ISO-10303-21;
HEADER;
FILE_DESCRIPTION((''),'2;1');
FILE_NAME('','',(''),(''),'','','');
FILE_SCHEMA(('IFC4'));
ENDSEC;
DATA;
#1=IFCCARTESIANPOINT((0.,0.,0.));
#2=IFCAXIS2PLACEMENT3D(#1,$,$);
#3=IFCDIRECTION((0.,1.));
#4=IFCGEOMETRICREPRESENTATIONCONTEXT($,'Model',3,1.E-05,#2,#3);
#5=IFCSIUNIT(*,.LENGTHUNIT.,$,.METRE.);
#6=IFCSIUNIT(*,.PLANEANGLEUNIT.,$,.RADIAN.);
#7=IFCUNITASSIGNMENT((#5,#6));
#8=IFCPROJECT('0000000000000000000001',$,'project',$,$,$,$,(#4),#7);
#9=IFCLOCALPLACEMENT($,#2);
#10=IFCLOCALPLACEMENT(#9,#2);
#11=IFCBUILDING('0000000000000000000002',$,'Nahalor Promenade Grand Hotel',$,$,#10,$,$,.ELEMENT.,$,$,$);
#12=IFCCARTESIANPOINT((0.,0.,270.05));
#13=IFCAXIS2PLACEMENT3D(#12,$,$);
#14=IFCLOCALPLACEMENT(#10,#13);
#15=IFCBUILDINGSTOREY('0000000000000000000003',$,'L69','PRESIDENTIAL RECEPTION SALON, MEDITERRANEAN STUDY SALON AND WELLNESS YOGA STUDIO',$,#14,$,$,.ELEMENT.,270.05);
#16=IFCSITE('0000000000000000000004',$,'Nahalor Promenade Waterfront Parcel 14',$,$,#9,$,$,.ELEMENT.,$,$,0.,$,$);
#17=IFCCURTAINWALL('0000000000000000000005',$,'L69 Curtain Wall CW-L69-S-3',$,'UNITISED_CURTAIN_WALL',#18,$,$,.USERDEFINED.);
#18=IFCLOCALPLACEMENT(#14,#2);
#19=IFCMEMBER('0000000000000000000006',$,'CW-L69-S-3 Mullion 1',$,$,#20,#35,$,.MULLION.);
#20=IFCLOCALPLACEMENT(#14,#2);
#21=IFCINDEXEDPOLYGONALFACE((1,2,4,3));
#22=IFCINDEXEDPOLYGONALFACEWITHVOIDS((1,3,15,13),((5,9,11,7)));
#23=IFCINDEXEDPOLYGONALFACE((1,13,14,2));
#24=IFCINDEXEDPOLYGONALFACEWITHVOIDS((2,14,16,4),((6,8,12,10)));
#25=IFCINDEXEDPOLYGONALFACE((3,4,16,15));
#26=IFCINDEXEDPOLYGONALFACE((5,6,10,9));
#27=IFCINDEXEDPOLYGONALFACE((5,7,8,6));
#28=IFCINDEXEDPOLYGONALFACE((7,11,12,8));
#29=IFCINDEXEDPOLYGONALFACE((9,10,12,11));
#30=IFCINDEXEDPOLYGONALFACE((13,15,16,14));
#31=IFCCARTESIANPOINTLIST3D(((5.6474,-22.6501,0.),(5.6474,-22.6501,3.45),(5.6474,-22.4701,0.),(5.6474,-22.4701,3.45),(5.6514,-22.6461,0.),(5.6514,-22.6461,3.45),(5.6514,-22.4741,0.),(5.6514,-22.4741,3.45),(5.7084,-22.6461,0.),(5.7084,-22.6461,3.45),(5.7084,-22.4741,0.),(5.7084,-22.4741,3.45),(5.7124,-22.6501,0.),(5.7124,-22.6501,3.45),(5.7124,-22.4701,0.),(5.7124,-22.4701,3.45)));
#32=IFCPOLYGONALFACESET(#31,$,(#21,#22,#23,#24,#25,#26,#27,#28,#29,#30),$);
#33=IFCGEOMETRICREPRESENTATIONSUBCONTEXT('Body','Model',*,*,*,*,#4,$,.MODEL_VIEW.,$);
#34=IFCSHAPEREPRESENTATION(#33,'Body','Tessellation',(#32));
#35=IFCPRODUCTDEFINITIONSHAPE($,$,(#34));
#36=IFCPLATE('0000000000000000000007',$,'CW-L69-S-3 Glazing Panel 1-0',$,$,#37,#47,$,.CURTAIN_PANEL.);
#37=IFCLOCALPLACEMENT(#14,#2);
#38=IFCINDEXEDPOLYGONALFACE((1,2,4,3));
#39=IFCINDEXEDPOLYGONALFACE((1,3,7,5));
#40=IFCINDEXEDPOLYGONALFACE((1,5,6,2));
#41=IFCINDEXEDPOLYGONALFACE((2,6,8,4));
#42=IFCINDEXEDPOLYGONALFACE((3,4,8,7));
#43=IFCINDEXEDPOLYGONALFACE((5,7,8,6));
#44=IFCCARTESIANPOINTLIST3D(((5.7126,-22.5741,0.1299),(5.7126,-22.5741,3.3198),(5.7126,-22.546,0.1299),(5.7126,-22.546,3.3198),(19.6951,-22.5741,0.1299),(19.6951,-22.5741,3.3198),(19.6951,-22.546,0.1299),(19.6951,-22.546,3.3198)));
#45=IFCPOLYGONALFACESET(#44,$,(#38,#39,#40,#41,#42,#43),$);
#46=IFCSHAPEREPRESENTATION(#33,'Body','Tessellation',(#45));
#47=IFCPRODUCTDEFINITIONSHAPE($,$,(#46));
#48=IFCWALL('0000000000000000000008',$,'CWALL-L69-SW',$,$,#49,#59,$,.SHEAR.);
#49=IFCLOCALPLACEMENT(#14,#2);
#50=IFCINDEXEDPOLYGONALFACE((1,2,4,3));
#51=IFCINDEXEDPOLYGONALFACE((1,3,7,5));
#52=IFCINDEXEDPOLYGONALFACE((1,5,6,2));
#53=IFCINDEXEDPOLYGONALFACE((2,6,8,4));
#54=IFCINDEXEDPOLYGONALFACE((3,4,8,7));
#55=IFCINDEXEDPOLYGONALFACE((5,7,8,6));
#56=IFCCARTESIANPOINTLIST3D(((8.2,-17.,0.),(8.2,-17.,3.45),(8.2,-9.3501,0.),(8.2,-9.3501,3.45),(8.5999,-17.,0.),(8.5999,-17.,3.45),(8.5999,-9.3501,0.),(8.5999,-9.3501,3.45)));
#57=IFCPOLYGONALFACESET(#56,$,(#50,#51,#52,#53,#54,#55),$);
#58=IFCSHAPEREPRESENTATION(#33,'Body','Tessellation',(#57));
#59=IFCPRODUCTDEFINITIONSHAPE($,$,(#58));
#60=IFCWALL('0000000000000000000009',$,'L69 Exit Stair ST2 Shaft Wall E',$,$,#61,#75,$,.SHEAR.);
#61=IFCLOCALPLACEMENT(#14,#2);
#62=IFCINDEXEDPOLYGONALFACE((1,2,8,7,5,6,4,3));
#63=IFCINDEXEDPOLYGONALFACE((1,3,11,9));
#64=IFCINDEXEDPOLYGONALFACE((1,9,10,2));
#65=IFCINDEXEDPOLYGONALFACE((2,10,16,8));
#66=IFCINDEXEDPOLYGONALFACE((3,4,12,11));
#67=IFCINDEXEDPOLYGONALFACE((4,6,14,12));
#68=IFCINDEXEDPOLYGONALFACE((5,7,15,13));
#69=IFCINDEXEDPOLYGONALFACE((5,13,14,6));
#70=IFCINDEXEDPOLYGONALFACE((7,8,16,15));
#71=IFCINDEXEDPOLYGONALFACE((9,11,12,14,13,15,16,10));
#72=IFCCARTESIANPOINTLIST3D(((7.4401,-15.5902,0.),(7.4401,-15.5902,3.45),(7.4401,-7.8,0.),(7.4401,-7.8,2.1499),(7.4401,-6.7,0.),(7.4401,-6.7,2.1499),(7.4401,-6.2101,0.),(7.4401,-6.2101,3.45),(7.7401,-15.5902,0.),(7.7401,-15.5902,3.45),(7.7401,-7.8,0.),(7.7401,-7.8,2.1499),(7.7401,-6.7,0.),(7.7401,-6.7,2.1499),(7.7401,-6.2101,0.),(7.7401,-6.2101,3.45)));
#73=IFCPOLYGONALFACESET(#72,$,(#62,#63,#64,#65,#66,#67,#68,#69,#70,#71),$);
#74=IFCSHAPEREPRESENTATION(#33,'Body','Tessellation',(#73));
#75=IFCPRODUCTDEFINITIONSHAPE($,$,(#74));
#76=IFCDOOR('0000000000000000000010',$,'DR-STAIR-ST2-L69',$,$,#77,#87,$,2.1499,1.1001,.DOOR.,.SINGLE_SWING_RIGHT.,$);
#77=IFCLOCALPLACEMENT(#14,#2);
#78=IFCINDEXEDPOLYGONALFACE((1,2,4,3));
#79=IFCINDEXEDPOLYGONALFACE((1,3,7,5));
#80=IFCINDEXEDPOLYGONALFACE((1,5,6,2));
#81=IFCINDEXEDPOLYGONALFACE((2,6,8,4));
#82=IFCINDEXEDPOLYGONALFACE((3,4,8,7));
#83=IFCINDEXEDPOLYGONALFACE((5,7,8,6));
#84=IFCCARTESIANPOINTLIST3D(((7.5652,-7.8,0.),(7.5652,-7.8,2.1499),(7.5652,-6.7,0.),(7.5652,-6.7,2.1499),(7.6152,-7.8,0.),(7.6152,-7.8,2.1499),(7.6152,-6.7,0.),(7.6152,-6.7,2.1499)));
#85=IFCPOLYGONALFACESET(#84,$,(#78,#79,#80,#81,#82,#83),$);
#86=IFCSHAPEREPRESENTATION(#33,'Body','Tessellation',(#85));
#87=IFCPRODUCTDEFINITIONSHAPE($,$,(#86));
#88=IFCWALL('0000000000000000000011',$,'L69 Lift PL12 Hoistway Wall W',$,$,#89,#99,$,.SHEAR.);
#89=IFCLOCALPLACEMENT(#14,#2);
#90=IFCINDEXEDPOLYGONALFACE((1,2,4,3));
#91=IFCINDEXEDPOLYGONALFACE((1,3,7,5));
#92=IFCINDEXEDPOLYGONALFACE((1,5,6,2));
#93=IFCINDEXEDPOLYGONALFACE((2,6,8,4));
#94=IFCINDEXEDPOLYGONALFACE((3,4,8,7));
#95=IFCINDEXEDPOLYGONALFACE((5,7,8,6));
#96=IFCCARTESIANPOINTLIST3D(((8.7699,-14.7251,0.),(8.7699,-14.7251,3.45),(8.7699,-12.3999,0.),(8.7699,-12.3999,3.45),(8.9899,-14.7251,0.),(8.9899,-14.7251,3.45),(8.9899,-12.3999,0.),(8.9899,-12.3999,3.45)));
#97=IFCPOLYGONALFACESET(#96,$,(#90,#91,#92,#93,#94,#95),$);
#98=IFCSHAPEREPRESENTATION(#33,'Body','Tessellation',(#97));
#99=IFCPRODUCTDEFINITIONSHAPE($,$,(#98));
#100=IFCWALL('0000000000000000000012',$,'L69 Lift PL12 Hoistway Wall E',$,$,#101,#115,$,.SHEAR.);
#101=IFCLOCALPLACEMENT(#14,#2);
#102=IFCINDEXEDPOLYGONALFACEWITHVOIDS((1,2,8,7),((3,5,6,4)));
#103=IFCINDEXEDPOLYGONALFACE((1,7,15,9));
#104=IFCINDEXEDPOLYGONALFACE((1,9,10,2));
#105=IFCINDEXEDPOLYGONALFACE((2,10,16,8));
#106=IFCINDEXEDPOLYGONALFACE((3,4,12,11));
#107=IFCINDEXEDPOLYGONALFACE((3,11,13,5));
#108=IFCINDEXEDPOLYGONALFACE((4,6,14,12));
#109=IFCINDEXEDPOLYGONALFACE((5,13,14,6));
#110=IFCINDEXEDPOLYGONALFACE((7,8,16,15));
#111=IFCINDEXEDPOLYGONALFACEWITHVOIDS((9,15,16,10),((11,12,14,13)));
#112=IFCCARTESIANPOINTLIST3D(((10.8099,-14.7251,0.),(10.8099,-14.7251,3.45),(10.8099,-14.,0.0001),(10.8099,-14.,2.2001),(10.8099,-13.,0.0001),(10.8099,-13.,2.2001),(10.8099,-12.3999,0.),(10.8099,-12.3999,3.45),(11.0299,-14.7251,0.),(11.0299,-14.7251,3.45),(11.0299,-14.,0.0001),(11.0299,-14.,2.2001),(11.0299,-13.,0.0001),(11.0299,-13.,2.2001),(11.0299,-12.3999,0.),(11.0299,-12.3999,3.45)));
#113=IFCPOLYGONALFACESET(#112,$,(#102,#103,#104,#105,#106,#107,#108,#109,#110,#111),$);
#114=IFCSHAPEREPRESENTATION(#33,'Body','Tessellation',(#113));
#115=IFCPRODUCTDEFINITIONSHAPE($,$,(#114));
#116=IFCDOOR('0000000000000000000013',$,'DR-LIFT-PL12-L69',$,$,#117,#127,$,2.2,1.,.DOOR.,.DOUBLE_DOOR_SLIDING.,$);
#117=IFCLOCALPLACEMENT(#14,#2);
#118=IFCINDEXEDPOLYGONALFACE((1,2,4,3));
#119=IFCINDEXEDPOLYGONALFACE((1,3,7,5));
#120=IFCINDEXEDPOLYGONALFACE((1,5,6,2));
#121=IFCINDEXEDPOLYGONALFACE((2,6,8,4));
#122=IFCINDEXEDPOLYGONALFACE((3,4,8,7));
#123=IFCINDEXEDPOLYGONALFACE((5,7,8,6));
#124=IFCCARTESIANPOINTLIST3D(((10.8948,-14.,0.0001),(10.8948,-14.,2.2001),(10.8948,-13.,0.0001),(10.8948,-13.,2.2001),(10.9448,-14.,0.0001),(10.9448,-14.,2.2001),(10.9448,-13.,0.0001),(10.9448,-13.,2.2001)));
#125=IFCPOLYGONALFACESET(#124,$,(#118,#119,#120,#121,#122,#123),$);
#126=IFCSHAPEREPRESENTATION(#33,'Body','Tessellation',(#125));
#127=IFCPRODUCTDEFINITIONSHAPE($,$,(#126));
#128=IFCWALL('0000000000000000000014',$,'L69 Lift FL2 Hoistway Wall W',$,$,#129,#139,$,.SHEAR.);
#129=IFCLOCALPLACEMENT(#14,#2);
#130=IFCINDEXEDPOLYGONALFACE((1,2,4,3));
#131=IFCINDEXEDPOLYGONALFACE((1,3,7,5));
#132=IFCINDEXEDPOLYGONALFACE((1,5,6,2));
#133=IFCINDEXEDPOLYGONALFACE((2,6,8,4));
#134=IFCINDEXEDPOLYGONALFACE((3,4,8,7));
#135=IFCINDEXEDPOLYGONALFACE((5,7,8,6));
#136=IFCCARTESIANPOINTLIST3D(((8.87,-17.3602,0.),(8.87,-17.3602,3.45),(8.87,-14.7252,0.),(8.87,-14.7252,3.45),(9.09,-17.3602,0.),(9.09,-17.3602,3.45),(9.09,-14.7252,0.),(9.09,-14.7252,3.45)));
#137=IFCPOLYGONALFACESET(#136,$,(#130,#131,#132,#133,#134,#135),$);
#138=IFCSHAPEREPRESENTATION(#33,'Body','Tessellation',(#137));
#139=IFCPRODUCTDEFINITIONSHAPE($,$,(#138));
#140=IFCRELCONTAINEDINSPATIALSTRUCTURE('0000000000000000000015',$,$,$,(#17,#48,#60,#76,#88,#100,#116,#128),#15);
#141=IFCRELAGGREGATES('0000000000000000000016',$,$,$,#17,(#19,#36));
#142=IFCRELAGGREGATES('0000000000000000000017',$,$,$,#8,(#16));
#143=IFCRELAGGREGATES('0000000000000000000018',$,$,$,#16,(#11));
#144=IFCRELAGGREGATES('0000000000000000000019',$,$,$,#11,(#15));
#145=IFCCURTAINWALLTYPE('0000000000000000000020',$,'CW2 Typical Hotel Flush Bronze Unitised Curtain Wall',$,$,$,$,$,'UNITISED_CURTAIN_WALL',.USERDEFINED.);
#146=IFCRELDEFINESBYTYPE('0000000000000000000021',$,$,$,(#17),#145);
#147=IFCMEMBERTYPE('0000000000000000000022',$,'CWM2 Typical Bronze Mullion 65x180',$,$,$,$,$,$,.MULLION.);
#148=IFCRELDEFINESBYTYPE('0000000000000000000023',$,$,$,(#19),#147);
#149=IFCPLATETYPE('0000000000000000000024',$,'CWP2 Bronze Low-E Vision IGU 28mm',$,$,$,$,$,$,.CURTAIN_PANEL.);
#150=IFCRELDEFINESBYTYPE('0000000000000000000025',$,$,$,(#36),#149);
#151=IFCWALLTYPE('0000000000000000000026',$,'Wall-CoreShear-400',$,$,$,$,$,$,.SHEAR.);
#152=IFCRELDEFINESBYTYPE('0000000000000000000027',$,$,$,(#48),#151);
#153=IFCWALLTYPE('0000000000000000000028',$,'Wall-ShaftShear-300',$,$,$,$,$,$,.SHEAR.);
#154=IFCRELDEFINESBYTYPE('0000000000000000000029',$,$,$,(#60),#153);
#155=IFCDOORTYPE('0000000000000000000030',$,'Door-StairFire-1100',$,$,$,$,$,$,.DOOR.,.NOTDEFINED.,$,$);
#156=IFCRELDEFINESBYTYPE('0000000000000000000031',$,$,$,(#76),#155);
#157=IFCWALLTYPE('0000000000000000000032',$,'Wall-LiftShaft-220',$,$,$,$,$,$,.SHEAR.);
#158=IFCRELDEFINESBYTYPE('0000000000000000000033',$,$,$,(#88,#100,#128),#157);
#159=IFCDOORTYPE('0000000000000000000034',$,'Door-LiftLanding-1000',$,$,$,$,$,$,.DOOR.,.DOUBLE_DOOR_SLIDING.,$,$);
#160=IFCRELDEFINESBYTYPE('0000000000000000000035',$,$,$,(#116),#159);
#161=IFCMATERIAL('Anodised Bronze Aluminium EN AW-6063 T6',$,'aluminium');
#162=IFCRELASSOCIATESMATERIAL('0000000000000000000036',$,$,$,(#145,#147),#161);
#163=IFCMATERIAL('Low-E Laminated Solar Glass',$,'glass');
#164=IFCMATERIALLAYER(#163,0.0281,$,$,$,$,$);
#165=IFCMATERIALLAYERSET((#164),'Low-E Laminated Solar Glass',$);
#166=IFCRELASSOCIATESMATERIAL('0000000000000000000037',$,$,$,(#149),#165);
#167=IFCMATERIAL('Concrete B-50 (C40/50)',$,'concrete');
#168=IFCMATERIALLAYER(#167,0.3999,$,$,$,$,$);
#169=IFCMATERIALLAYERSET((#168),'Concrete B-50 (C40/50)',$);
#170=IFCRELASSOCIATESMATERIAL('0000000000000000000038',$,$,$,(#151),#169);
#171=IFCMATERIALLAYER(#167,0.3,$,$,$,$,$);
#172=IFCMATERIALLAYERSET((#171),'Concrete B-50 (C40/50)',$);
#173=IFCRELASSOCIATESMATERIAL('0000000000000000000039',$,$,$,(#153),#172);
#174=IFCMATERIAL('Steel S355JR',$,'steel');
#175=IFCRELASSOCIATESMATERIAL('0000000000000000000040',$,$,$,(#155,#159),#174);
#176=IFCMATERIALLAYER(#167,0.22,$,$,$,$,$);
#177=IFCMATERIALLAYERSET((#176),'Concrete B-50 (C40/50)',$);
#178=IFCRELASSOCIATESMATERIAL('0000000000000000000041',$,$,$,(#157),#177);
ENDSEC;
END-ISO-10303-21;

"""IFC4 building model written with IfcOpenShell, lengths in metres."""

from ifc_helpers import new_model, si_unit, direction, frame, frame_2d, origin, origin_2d, place, context, subcontext, project, spatial, rectangle, hollow_rectangle, extrude, source, transform, mapped, material, layer, layer_set, material_profile, profile_set, type_object, element, fill, aggregate, save


model = new_model("IFC4")

# Units and contexts
model_context = context("Model", 3, precision=1e-05, world=origin(), true_north=direction((0.0, 1.0)))
body_context = subcontext(model_context, "Body", "Model", "MODEL_VIEW")
ifc_project = project(units=[si_unit("LENGTHUNIT", "METRE"), si_unit("PLANEANGLEUNIT", "RADIAN")], contexts=[model_context])

# Site, building, storey
site_placement = place(None, origin())
site = spatial("IfcSite", under=ifc_project, at=site_placement, Name="Nahalor Promenade Waterfront Parcel 14", CompositionType="ELEMENT", RefElevation=0.0)
building_placement = place(site_placement, origin())
building = spatial("IfcBuilding", under=site, at=building_placement, Name="Nahalor Promenade Grand Hotel", CompositionType="ELEMENT")
storey_placement = place(building_placement, frame((0.0, 0.0, 270.05)))
storey = spatial("IfcBuildingStorey", under=building, at=storey_placement, Name="L69", Description="PRESIDENTIAL RECEPTION SALON, MEDITERRANEAN STUDY SALON AND WELLNESS YOGA STUDIO", CompositionType="ELEMENT", Elevation=270.05)

# Shared definitions
ifc_material_1 = material(Name="Concrete B-50 (C40/50)", Category="concrete")
ifc_material_2 = material(Name="Steel S355JR", Category="steel")

# Curtain wall, member, plate
ifc_material_3 = material(Name="Anodised Bronze Aluminium EN AW-6063 T6", Category="aluminium")
curtain_wall_type = type_object("IfcCurtainWallType", Name="CW2 Typical Hotel Flush Bronze Unitised Curtain Wall", ElementType="UNITISED_CURTAIN_WALL", PredefinedType="USERDEFINED", material=ifc_material_3)
curtain_wall_placement = place(storey_placement, origin())
curtain_wall = element("IfcCurtainWall", 1, at=curtain_wall_placement, inside=storey, type_object=curtain_wall_type, Name="L69 Curtain Wall CW-L69-S-3", ObjectType="UNITISED_CURTAIN_WALL", PredefinedType="USERDEFINED")
ifc_material_profile_1 = material_profile(ifc_material_3, hollow_rectangle(XDim=0.065, YDim=0.18, WallThickness=0.004, at=origin_2d()), Name="CWM 65x180x4")
ifc_profile_set_1 = profile_set([ifc_material_profile_1], Name="Anodised Bronze Aluminium EN AW-6063 T6")
member_type_1 = type_object("IfcMemberType", Name="CWM2 Typical Bronze Mullion 65x180", PredefinedType="MULLION", material=ifc_profile_set_1)
shared_shape_1 = source(origin(), body_context, "Body", "SweptSolid", [
    extrude(hollow_rectangle(XDim=0.065, YDim=0.18, WallThickness=0.004, at=origin_2d()), origin(), (0.0, 0.0, 1.0), 3.45),
])
member_1_placement = place(storey_placement, frame((5.6799, -22.5601, 0.0), z_axis=(0.0, 0.0, 1.0), x_axis=(1.0, 0.0, 0.0)))
member_1 = element("IfcMember", 2, at=member_1_placement, type_object=member_type_1, Name="CW-L69-S-3 Mullion 1", PredefinedType="MULLION", context=body_context, shape_type="MappedRepresentation", body=[
    mapped(shared_shape_1, transform((0.0, 0.0, 0.0), scale=1.0)),
])
ifc_material_4 = material(Name="Low-E Laminated Solar Glass", Category="glass")
ifc_layer_1 = layer(ifc_material_4, 0.0281)
ifc_layer_set_1 = layer_set([ifc_layer_1], Name="Low-E Laminated Solar Glass")
plate_type = type_object("IfcPlateType", Name="CWP2 Bronze Low-E Vision IGU 28mm", PredefinedType="CURTAIN_PANEL", material=ifc_layer_set_1)
shared_shape_2 = source(origin(), body_context, "Body", "SweptSolid", [
    extrude(rectangle(XDim=13.9824, YDim=0.0281, at=origin_2d()), origin(), (0.0, 0.0, 1.0), 3.1899),
])
plate_placement = place(storey_placement, frame((12.7039, -22.5601, 0.1299), z_axis=(0.0, 0.0, 1.0), x_axis=(1.0, 0.0, 0.0)))
plate = element("IfcPlate", 3, at=plate_placement, type_object=plate_type, Name="CW-L69-S-3 Glazing Panel 1-0", PredefinedType="CURTAIN_PANEL", context=body_context, shape_type="MappedRepresentation", body=[
    mapped(shared_shape_2, transform((0.0, 0.0, 0.0), scale=1.0)),
])
aggregate(curtain_wall, [member_1, plate])

# Wall
ifc_layer_2 = layer(ifc_material_1, 0.3999)
ifc_layer_set_2 = layer_set([ifc_layer_2], Name="Concrete B-50 (C40/50)")
wall_type_1 = type_object("IfcWallType", Name="Wall-CoreShear-400", PredefinedType="SHEAR", material=ifc_layer_set_2)
shared_shape_3 = source(origin(), body_context, "Body", "SweptSolid", [
    extrude(rectangle(XDim=7.6499, YDim=0.3999, at=frame_2d((3.825, 0.0))), origin(), (0.0, 0.0, 1.0), 3.45),
])
wall_1_placement = place(storey_placement, frame((8.3999, -17.0, 0.0), z_axis=(0.0, 0.0, 1.0), x_axis=(0.0, 1.0, 0.0)))
element("IfcWall", 4, at=wall_1_placement, inside=storey, type_object=wall_type_1, Name="CWALL-L69-SW", PredefinedType="SHEAR", context=body_context, shape_type="MappedRepresentation", body=[
    mapped(shared_shape_3, transform((0.0, 0.0, 0.0), scale=1.0)),
])

# Wall, opening, door
ifc_layer_3 = layer(ifc_material_1, 0.3)
ifc_layer_set_3 = layer_set([ifc_layer_3], Name="Concrete B-50 (C40/50)")
wall_type_2 = type_object("IfcWallType", Name="Wall-ShaftShear-300", PredefinedType="SHEAR", material=ifc_layer_set_3)
shared_shape_4 = source(origin(), body_context, "Body", "SweptSolid", [
    extrude(rectangle(XDim=9.3801, YDim=0.3, at=frame_2d((4.6899, 0.0))), origin(), (0.0, 0.0, 1.0), 3.45),
])
wall_2_placement = place(storey_placement, frame((7.5901, -15.5901, 0.0), z_axis=(0.0, 0.0, 1.0), x_axis=(0.0, 1.0, 0.0)))
wall_2 = element("IfcWall", 5, at=wall_2_placement, inside=storey, type_object=wall_type_2, Name="L69 Exit Stair ST2 Shaft Wall E", PredefinedType="SHEAR", context=body_context, shape_type="MappedRepresentation", body=[
    mapped(shared_shape_4, transform((0.0, 0.0, 0.0), scale=1.0)),
])
opening_1_placement = place(wall_2_placement, frame((7.79, 0.0, 0.0)))
opening_1 = element("IfcOpeningElement", 6, at=opening_1_placement, cuts=wall_2, PredefinedType="OPENING", context=body_context, shape_type="SweptSolid", body=[
    extrude(rectangle(XDim=1.1001, YDim=2.1499, at=frame_2d((0.55, 1.075))), frame((0.0, 0.1599, 0.0), z_axis=(0.0, -1.0, 0.0), x_axis=(1.0, 0.0, 0.0)), (0.0, 0.0, 1.0), 0.3201),
])
door_type_1 = type_object("IfcDoorType", Name="Door-StairFire-1100", OperationType="NOTDEFINED", PredefinedType="DOOR", material=ifc_material_2)
shared_shape_5 = source(origin(), body_context, "Body", "SweptSolid", [
    extrude(rectangle(XDim=1.1001, YDim=2.1499, at=frame_2d((0.55, 1.075))), frame((0.0, 0.0249, 0.0), z_axis=(0.0, -1.0, 0.0), x_axis=(1.0, 0.0, 0.0)), (0.0, 0.0, 1.0), 0.05),
])
door_1_placement = place(opening_1_placement, origin())
door_1 = element("IfcDoor", 7, at=door_1_placement, inside=storey, type_object=door_type_1, Name="DR-STAIR-ST2-L69", OperationType="SINGLE_SWING_RIGHT", OverallHeight=2.1499, OverallWidth=1.1001, PredefinedType="DOOR", context=body_context, shape_type="MappedRepresentation", body=[
    mapped(shared_shape_5, transform((0.0, 0.0, 0.0), scale=1.0)),
])
fill(opening_1, door_1)

# Wall
ifc_layer_4 = layer(ifc_material_1, 0.22)
ifc_layer_set_4 = layer_set([ifc_layer_4], Name="Concrete B-50 (C40/50)")
wall_type_3 = type_object("IfcWallType", Name="Wall-LiftShaft-220", PredefinedType="SHEAR", material=ifc_layer_set_4)
shared_shape_6 = source(origin(), body_context, "Body", "SweptSolid", [
    extrude(rectangle(XDim=2.3252, YDim=0.22, at=frame_2d((1.1626, 0.0))), origin(), (0.0, 0.0, 1.0), 3.45),
])
wall_3_placement = place(storey_placement, frame((8.8799, -14.7251, 0.0), z_axis=(0.0, 0.0, 1.0), x_axis=(0.0, 1.0, 0.0)))
element("IfcWall", 8, at=wall_3_placement, inside=storey, type_object=wall_type_3, Name="L69 Lift PL12 Hoistway Wall W", PredefinedType="SHEAR", context=body_context, shape_type="MappedRepresentation", body=[
    mapped(shared_shape_6, transform((0.0, 0.0, 0.0), scale=1.0)),
])

# Wall, opening, door
wall_4_placement = place(storey_placement, frame((10.9199, -14.7251, 0.0), z_axis=(0.0, 0.0, 1.0), x_axis=(0.0, 1.0, 0.0)))
wall_4 = element("IfcWall", 9, at=wall_4_placement, inside=storey, type_object=wall_type_3, Name="L69 Lift PL12 Hoistway Wall E", PredefinedType="SHEAR", context=body_context, shape_type="MappedRepresentation", body=[
    mapped(shared_shape_6, transform((0.0, 0.0, 0.0), scale=1.0)),
])
opening_2_placement = place(wall_4_placement, frame((0.7251, 0.0, 0.0)))
opening_2 = element("IfcOpeningElement", 10, at=opening_2_placement, cuts=wall_4, PredefinedType="OPENING", context=body_context, shape_type="SweptSolid", body=[
    extrude(rectangle(XDim=1.0, YDim=2.2, at=frame_2d((0.5, 1.1001))), frame((0.0, 0.1199, 0.0), z_axis=(0.0, -1.0, 0.0), x_axis=(1.0, 0.0, 0.0)), (0.0, 0.0, 1.0), 0.24),
])
door_type_2 = type_object("IfcDoorType", Name="Door-LiftLanding-1000", OperationType="DOUBLE_DOOR_SLIDING", PredefinedType="DOOR", material=ifc_material_2)
shared_shape_7 = source(origin(), body_context, "Body", "SweptSolid", [
    extrude(rectangle(XDim=1.0, YDim=2.2, at=frame_2d((0.5, 1.1001))), frame((0.0, 0.0249, 0.0), z_axis=(0.0, -1.0, 0.0), x_axis=(1.0, 0.0, 0.0)), (0.0, 0.0, 1.0), 0.05),
])
door_2_placement = place(opening_2_placement, frame((1.0, 0.0, 0.0), z_axis=(0.0, 0.0, 1.0), x_axis=(-1.0, 0.0, 0.0)))
door_2 = element("IfcDoor", 11, at=door_2_placement, inside=storey, type_object=door_type_2, Name="DR-LIFT-PL12-L69", OperationType="DOUBLE_DOOR_SLIDING", OverallHeight=2.2, OverallWidth=1.0, PredefinedType="DOOR", context=body_context, shape_type="MappedRepresentation", body=[
    mapped(shared_shape_7, transform((0.0, 0.0, 0.0), scale=1.0)),
])
fill(opening_2, door_2)

# Wall
shared_shape_8 = source(origin(), body_context, "Body", "SweptSolid", [
    extrude(rectangle(XDim=2.635, YDim=0.22, at=frame_2d((1.3174, 0.0))), origin(), (0.0, 0.0, 1.0), 3.45),
])
wall_5_placement = place(storey_placement, frame((8.98, -17.3601, 0.0), z_axis=(0.0, 0.0, 1.0), x_axis=(0.0, 1.0, 0.0)))
element("IfcWall", 12, at=wall_5_placement, inside=storey, type_object=wall_type_3, Name="L69 Lift FL2 Hoistway Wall W", PredefinedType="SHEAR", context=body_context, shape_type="MappedRepresentation", body=[
    mapped(shared_shape_8, transform((0.0, 0.0, 0.0), scale=1.0)),
])

save(model, "model.ifc")
